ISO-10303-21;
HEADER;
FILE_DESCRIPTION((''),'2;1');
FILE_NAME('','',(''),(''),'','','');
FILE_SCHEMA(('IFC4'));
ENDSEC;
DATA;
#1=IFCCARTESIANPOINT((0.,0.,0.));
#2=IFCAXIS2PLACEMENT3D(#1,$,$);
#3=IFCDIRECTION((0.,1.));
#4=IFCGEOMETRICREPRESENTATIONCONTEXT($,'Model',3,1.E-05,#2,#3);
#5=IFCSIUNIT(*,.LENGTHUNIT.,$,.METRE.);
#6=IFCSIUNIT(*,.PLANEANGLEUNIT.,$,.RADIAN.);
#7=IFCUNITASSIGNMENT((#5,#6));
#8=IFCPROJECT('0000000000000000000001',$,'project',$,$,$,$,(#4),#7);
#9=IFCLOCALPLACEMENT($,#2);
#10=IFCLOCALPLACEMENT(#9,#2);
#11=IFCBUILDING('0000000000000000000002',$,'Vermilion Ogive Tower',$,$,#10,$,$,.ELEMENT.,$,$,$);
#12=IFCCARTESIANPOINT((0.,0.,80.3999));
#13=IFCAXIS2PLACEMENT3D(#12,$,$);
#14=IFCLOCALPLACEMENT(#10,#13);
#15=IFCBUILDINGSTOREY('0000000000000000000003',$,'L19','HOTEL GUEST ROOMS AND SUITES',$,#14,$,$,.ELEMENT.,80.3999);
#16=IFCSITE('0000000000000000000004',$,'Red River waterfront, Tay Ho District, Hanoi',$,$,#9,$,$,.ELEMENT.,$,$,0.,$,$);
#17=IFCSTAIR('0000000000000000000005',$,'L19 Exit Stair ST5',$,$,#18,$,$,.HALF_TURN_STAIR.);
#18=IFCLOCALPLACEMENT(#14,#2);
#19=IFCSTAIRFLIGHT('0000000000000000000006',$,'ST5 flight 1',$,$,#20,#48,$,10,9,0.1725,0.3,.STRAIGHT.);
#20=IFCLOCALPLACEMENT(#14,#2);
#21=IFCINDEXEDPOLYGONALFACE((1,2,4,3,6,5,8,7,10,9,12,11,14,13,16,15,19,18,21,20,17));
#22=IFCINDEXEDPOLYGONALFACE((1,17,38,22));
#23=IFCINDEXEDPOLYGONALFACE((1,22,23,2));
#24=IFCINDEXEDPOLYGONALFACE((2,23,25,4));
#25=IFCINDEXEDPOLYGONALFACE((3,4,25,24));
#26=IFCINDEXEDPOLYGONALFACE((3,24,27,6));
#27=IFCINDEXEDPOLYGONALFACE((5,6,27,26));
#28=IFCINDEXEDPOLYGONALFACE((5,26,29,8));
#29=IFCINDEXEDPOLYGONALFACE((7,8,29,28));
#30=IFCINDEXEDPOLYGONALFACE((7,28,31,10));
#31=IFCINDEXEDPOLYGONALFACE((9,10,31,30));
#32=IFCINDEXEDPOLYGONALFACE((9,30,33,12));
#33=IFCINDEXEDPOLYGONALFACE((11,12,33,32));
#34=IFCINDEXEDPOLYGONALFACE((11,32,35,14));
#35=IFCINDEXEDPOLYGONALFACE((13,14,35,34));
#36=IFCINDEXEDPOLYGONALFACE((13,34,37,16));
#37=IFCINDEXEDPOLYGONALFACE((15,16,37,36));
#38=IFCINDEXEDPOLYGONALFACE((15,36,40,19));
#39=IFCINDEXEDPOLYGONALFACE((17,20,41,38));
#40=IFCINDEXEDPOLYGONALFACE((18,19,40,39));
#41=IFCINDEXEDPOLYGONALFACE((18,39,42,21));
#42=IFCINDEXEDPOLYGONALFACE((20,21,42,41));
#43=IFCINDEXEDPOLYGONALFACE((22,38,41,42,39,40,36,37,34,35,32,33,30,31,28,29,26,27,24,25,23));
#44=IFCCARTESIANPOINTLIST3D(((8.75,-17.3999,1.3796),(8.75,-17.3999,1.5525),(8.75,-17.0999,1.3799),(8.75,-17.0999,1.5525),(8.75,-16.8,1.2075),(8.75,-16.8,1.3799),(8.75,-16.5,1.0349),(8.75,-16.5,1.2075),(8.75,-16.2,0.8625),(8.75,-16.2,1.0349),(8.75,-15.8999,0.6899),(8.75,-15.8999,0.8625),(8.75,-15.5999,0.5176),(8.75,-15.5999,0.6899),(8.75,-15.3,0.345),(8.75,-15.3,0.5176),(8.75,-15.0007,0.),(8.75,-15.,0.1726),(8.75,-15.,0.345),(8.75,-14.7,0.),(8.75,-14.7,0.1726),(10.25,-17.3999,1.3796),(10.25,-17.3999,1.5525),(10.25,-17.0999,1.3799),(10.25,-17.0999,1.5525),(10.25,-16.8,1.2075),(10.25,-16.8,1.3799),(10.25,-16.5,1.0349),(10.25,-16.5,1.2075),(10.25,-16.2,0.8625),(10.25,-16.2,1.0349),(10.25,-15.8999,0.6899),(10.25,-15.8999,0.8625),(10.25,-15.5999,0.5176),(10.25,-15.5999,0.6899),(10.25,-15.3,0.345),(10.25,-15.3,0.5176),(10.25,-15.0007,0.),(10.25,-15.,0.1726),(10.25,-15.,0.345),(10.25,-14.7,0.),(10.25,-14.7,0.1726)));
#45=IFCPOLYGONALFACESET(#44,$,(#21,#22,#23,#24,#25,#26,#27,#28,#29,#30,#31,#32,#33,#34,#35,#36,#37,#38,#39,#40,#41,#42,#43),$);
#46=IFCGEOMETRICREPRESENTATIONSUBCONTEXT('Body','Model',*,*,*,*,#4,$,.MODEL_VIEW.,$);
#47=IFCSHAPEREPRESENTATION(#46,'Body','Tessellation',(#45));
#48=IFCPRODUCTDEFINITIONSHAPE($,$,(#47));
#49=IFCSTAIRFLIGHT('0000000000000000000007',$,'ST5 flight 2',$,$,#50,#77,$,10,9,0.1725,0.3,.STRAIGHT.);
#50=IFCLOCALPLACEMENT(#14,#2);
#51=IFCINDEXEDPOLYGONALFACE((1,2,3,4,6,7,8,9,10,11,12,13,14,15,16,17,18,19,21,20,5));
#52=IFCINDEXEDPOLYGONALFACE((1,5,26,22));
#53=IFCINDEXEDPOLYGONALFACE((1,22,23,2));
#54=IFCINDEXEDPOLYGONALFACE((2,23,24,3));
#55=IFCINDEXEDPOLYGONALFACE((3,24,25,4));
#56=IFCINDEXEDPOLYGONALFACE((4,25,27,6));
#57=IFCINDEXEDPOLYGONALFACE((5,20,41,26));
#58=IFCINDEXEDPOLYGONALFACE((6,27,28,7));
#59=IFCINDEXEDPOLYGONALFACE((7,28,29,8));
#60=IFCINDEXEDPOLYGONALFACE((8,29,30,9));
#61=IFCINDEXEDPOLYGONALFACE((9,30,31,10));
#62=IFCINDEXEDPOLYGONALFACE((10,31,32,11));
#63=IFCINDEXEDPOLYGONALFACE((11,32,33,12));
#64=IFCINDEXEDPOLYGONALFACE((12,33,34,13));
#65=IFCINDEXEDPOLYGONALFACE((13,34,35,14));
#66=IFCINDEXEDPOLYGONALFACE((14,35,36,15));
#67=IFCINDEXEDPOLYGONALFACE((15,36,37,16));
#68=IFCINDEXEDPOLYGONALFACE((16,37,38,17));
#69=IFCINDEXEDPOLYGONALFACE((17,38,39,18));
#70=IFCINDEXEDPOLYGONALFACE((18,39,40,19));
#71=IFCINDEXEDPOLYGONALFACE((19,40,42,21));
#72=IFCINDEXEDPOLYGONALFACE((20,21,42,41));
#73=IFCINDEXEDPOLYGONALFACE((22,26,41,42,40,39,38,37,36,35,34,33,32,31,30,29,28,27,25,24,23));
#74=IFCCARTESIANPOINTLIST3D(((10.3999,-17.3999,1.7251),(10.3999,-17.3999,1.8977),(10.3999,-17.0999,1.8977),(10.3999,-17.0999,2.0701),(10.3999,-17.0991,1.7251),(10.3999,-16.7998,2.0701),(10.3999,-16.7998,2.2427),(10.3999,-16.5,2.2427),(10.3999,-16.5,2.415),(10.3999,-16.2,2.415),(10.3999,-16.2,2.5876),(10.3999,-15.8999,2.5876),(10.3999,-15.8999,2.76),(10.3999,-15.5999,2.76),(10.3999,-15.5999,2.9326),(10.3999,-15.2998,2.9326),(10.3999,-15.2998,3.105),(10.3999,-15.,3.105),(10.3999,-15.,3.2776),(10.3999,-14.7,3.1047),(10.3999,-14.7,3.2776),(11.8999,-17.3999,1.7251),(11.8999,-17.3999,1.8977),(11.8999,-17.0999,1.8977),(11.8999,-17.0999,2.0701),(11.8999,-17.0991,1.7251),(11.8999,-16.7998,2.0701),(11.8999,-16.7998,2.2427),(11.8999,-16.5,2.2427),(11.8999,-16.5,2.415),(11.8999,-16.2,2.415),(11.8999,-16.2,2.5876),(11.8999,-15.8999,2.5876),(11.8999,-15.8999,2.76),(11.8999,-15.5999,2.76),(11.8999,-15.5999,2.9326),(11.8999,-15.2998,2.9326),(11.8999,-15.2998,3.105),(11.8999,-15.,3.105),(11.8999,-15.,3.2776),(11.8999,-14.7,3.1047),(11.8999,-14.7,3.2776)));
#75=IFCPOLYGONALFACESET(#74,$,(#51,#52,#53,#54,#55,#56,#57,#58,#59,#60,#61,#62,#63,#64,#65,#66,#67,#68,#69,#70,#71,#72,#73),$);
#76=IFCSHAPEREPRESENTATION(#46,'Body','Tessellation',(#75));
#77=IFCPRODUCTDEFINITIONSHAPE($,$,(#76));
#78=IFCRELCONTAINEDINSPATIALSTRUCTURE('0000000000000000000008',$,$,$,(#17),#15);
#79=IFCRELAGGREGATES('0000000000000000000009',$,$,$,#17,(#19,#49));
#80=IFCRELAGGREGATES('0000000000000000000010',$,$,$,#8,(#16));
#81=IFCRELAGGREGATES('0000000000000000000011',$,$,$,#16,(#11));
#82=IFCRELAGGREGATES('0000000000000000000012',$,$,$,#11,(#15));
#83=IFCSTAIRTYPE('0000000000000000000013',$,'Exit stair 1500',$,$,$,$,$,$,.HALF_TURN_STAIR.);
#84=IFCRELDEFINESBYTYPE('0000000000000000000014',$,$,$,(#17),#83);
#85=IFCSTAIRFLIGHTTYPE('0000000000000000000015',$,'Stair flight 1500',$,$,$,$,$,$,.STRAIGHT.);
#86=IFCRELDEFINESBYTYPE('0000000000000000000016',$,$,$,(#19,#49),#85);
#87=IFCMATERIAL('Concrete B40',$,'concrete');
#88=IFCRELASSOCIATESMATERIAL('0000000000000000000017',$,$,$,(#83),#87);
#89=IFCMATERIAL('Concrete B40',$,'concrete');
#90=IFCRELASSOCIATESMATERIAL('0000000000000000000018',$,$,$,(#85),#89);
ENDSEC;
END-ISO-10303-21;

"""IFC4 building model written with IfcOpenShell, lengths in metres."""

from ifc_helpers import new_model, si_unit, direction, frame, origin, place, context, subcontext, project, spatial, polyline, outline, extrude, material, type_object, element, aggregate, save


model = new_model("IFC4")

# Units and contexts
model_context = context("Model", 3, precision=1e-05, world=origin(), true_north=direction((0.0, 1.0)))
body_context = subcontext(model_context, "Body", "Model", "MODEL_VIEW")
ifc_project = project(units=[si_unit("LENGTHUNIT", "METRE"), si_unit("PLANEANGLEUNIT", "RADIAN")], contexts=[model_context])

# Site, building, storey
site_placement = place(None, origin())
site = spatial("IfcSite", under=ifc_project, at=site_placement, Name="Red River waterfront, Tay Ho District, Hanoi", CompositionType="ELEMENT", RefElevation=0.0)
building_placement = place(site_placement, origin())
building = spatial("IfcBuilding", under=site, at=building_placement, Name="Vermilion Ogive Tower", CompositionType="ELEMENT")
storey_placement = place(building_placement, frame((0.0, 0.0, 80.3999)))
storey = spatial("IfcBuildingStorey", under=building, at=storey_placement, Name="L19", Description="HOTEL GUEST ROOMS AND SUITES", CompositionType="ELEMENT", Elevation=80.3999)

# Stair, stair flights
ifc_material_1 = material(Name="Concrete B40", Category="concrete")
stair_type = type_object("IfcStairType", Name="Exit stair 1500", PredefinedType="HALF_TURN_STAIR", material=ifc_material_1)
stair_placement = place(storey_placement, origin())
stair = element("IfcStair", 1, at=stair_placement, inside=storey, type_object=stair_type, Name="L19 Exit Stair ST5", PredefinedType="HALF_TURN_STAIR")
ifc_material_2 = material(Name="Concrete B40", Category="concrete")
stair_flight_type = type_object("IfcStairFlightType", Name="Stair flight 1500", PredefinedType="STRAIGHT", material=ifc_material_2)
stair_flight_1_placement = place(storey_placement, frame((9.5, -14.7, 0.0), z_axis=(0.0, 0.0, 1.0), x_axis=(0.0, -1.0, 0.0)))
stair_flight_1 = element("IfcStairFlight", 2, at=stair_flight_1_placement, type_object=stair_flight_type, Name="ST5 flight 1", NumberOfRisers=10, NumberOfTreads=9, PredefinedType="STRAIGHT", RiserHeight=0.1725, TreadLength=0.3, context=body_context, shape_type="SweptSolid", body=[
    extrude(outline(polyline([(0.0, 0.0), (0.0, 0.1726), (0.3, 0.1726), (0.3, 0.345), (0.6001, 0.345), (0.6001, 0.5176), (0.8999, 0.5176), (0.8999, 0.6899), (1.2, 0.6899), (1.2, 0.8625), (1.5, 0.8625), (1.5, 1.0349), (1.8, 1.0349), (1.8, 1.2075), (2.1001, 1.2075), (2.1001, 1.3799), (2.3999, 1.3799), (2.3999, 1.5525), (2.7, 1.5525), (2.7, 1.7251), (2.7, 1.3796), (0.3008, 0.0), (0.0, 0.0)])), frame((0.0, 0.75, 0.0), z_axis=(0.0, -1.0, 0.0), x_axis=(1.0, 0.0, 0.0)), (0.0, 0.0, 1.0), 1.5),
])
stair_flight_2_placement = place(storey_placement, frame((11.1499, -17.3999, 1.7251), z_axis=(0.0, 0.0, 1.0), x_axis=(0.0, 1.0, 0.0)))
stair_flight_2 = element("IfcStairFlight", 3, at=stair_flight_2_placement, type_object=stair_flight_type, Name="ST5 flight 2", NumberOfRisers=10, NumberOfTreads=9, PredefinedType="STRAIGHT", RiserHeight=0.1725, TreadLength=0.3, context=body_context, shape_type="SweptSolid", body=[
    extrude(outline(polyline([(0.0, 0.0), (0.0, 0.1726), (0.3, 0.1726), (0.3, 0.345), (0.6001, 0.345), (0.6001, 0.5176), (0.8999, 0.5176), (0.8999, 0.6899), (1.2, 0.6899), (1.2, 0.8625), (1.5, 0.8625), (1.5, 1.0349), (1.8, 1.0349), (1.8, 1.2075), (2.1001, 1.2075), (2.1001, 1.3799), (2.3999, 1.3799), (2.3999, 1.5525), (2.7, 1.5525), (2.7, 1.7251), (2.7, 1.3796), (0.3008, 0.0), (0.0, 0.0)])), frame((0.0, 0.75, 0.0), z_axis=(0.0, -1.0, 0.0), x_axis=(1.0, 0.0, 0.0)), (0.0, 0.0, 1.0), 1.5),
])
aggregate(stair, [stair_flight_1, stair_flight_2])

save(model, "model.ifc")
